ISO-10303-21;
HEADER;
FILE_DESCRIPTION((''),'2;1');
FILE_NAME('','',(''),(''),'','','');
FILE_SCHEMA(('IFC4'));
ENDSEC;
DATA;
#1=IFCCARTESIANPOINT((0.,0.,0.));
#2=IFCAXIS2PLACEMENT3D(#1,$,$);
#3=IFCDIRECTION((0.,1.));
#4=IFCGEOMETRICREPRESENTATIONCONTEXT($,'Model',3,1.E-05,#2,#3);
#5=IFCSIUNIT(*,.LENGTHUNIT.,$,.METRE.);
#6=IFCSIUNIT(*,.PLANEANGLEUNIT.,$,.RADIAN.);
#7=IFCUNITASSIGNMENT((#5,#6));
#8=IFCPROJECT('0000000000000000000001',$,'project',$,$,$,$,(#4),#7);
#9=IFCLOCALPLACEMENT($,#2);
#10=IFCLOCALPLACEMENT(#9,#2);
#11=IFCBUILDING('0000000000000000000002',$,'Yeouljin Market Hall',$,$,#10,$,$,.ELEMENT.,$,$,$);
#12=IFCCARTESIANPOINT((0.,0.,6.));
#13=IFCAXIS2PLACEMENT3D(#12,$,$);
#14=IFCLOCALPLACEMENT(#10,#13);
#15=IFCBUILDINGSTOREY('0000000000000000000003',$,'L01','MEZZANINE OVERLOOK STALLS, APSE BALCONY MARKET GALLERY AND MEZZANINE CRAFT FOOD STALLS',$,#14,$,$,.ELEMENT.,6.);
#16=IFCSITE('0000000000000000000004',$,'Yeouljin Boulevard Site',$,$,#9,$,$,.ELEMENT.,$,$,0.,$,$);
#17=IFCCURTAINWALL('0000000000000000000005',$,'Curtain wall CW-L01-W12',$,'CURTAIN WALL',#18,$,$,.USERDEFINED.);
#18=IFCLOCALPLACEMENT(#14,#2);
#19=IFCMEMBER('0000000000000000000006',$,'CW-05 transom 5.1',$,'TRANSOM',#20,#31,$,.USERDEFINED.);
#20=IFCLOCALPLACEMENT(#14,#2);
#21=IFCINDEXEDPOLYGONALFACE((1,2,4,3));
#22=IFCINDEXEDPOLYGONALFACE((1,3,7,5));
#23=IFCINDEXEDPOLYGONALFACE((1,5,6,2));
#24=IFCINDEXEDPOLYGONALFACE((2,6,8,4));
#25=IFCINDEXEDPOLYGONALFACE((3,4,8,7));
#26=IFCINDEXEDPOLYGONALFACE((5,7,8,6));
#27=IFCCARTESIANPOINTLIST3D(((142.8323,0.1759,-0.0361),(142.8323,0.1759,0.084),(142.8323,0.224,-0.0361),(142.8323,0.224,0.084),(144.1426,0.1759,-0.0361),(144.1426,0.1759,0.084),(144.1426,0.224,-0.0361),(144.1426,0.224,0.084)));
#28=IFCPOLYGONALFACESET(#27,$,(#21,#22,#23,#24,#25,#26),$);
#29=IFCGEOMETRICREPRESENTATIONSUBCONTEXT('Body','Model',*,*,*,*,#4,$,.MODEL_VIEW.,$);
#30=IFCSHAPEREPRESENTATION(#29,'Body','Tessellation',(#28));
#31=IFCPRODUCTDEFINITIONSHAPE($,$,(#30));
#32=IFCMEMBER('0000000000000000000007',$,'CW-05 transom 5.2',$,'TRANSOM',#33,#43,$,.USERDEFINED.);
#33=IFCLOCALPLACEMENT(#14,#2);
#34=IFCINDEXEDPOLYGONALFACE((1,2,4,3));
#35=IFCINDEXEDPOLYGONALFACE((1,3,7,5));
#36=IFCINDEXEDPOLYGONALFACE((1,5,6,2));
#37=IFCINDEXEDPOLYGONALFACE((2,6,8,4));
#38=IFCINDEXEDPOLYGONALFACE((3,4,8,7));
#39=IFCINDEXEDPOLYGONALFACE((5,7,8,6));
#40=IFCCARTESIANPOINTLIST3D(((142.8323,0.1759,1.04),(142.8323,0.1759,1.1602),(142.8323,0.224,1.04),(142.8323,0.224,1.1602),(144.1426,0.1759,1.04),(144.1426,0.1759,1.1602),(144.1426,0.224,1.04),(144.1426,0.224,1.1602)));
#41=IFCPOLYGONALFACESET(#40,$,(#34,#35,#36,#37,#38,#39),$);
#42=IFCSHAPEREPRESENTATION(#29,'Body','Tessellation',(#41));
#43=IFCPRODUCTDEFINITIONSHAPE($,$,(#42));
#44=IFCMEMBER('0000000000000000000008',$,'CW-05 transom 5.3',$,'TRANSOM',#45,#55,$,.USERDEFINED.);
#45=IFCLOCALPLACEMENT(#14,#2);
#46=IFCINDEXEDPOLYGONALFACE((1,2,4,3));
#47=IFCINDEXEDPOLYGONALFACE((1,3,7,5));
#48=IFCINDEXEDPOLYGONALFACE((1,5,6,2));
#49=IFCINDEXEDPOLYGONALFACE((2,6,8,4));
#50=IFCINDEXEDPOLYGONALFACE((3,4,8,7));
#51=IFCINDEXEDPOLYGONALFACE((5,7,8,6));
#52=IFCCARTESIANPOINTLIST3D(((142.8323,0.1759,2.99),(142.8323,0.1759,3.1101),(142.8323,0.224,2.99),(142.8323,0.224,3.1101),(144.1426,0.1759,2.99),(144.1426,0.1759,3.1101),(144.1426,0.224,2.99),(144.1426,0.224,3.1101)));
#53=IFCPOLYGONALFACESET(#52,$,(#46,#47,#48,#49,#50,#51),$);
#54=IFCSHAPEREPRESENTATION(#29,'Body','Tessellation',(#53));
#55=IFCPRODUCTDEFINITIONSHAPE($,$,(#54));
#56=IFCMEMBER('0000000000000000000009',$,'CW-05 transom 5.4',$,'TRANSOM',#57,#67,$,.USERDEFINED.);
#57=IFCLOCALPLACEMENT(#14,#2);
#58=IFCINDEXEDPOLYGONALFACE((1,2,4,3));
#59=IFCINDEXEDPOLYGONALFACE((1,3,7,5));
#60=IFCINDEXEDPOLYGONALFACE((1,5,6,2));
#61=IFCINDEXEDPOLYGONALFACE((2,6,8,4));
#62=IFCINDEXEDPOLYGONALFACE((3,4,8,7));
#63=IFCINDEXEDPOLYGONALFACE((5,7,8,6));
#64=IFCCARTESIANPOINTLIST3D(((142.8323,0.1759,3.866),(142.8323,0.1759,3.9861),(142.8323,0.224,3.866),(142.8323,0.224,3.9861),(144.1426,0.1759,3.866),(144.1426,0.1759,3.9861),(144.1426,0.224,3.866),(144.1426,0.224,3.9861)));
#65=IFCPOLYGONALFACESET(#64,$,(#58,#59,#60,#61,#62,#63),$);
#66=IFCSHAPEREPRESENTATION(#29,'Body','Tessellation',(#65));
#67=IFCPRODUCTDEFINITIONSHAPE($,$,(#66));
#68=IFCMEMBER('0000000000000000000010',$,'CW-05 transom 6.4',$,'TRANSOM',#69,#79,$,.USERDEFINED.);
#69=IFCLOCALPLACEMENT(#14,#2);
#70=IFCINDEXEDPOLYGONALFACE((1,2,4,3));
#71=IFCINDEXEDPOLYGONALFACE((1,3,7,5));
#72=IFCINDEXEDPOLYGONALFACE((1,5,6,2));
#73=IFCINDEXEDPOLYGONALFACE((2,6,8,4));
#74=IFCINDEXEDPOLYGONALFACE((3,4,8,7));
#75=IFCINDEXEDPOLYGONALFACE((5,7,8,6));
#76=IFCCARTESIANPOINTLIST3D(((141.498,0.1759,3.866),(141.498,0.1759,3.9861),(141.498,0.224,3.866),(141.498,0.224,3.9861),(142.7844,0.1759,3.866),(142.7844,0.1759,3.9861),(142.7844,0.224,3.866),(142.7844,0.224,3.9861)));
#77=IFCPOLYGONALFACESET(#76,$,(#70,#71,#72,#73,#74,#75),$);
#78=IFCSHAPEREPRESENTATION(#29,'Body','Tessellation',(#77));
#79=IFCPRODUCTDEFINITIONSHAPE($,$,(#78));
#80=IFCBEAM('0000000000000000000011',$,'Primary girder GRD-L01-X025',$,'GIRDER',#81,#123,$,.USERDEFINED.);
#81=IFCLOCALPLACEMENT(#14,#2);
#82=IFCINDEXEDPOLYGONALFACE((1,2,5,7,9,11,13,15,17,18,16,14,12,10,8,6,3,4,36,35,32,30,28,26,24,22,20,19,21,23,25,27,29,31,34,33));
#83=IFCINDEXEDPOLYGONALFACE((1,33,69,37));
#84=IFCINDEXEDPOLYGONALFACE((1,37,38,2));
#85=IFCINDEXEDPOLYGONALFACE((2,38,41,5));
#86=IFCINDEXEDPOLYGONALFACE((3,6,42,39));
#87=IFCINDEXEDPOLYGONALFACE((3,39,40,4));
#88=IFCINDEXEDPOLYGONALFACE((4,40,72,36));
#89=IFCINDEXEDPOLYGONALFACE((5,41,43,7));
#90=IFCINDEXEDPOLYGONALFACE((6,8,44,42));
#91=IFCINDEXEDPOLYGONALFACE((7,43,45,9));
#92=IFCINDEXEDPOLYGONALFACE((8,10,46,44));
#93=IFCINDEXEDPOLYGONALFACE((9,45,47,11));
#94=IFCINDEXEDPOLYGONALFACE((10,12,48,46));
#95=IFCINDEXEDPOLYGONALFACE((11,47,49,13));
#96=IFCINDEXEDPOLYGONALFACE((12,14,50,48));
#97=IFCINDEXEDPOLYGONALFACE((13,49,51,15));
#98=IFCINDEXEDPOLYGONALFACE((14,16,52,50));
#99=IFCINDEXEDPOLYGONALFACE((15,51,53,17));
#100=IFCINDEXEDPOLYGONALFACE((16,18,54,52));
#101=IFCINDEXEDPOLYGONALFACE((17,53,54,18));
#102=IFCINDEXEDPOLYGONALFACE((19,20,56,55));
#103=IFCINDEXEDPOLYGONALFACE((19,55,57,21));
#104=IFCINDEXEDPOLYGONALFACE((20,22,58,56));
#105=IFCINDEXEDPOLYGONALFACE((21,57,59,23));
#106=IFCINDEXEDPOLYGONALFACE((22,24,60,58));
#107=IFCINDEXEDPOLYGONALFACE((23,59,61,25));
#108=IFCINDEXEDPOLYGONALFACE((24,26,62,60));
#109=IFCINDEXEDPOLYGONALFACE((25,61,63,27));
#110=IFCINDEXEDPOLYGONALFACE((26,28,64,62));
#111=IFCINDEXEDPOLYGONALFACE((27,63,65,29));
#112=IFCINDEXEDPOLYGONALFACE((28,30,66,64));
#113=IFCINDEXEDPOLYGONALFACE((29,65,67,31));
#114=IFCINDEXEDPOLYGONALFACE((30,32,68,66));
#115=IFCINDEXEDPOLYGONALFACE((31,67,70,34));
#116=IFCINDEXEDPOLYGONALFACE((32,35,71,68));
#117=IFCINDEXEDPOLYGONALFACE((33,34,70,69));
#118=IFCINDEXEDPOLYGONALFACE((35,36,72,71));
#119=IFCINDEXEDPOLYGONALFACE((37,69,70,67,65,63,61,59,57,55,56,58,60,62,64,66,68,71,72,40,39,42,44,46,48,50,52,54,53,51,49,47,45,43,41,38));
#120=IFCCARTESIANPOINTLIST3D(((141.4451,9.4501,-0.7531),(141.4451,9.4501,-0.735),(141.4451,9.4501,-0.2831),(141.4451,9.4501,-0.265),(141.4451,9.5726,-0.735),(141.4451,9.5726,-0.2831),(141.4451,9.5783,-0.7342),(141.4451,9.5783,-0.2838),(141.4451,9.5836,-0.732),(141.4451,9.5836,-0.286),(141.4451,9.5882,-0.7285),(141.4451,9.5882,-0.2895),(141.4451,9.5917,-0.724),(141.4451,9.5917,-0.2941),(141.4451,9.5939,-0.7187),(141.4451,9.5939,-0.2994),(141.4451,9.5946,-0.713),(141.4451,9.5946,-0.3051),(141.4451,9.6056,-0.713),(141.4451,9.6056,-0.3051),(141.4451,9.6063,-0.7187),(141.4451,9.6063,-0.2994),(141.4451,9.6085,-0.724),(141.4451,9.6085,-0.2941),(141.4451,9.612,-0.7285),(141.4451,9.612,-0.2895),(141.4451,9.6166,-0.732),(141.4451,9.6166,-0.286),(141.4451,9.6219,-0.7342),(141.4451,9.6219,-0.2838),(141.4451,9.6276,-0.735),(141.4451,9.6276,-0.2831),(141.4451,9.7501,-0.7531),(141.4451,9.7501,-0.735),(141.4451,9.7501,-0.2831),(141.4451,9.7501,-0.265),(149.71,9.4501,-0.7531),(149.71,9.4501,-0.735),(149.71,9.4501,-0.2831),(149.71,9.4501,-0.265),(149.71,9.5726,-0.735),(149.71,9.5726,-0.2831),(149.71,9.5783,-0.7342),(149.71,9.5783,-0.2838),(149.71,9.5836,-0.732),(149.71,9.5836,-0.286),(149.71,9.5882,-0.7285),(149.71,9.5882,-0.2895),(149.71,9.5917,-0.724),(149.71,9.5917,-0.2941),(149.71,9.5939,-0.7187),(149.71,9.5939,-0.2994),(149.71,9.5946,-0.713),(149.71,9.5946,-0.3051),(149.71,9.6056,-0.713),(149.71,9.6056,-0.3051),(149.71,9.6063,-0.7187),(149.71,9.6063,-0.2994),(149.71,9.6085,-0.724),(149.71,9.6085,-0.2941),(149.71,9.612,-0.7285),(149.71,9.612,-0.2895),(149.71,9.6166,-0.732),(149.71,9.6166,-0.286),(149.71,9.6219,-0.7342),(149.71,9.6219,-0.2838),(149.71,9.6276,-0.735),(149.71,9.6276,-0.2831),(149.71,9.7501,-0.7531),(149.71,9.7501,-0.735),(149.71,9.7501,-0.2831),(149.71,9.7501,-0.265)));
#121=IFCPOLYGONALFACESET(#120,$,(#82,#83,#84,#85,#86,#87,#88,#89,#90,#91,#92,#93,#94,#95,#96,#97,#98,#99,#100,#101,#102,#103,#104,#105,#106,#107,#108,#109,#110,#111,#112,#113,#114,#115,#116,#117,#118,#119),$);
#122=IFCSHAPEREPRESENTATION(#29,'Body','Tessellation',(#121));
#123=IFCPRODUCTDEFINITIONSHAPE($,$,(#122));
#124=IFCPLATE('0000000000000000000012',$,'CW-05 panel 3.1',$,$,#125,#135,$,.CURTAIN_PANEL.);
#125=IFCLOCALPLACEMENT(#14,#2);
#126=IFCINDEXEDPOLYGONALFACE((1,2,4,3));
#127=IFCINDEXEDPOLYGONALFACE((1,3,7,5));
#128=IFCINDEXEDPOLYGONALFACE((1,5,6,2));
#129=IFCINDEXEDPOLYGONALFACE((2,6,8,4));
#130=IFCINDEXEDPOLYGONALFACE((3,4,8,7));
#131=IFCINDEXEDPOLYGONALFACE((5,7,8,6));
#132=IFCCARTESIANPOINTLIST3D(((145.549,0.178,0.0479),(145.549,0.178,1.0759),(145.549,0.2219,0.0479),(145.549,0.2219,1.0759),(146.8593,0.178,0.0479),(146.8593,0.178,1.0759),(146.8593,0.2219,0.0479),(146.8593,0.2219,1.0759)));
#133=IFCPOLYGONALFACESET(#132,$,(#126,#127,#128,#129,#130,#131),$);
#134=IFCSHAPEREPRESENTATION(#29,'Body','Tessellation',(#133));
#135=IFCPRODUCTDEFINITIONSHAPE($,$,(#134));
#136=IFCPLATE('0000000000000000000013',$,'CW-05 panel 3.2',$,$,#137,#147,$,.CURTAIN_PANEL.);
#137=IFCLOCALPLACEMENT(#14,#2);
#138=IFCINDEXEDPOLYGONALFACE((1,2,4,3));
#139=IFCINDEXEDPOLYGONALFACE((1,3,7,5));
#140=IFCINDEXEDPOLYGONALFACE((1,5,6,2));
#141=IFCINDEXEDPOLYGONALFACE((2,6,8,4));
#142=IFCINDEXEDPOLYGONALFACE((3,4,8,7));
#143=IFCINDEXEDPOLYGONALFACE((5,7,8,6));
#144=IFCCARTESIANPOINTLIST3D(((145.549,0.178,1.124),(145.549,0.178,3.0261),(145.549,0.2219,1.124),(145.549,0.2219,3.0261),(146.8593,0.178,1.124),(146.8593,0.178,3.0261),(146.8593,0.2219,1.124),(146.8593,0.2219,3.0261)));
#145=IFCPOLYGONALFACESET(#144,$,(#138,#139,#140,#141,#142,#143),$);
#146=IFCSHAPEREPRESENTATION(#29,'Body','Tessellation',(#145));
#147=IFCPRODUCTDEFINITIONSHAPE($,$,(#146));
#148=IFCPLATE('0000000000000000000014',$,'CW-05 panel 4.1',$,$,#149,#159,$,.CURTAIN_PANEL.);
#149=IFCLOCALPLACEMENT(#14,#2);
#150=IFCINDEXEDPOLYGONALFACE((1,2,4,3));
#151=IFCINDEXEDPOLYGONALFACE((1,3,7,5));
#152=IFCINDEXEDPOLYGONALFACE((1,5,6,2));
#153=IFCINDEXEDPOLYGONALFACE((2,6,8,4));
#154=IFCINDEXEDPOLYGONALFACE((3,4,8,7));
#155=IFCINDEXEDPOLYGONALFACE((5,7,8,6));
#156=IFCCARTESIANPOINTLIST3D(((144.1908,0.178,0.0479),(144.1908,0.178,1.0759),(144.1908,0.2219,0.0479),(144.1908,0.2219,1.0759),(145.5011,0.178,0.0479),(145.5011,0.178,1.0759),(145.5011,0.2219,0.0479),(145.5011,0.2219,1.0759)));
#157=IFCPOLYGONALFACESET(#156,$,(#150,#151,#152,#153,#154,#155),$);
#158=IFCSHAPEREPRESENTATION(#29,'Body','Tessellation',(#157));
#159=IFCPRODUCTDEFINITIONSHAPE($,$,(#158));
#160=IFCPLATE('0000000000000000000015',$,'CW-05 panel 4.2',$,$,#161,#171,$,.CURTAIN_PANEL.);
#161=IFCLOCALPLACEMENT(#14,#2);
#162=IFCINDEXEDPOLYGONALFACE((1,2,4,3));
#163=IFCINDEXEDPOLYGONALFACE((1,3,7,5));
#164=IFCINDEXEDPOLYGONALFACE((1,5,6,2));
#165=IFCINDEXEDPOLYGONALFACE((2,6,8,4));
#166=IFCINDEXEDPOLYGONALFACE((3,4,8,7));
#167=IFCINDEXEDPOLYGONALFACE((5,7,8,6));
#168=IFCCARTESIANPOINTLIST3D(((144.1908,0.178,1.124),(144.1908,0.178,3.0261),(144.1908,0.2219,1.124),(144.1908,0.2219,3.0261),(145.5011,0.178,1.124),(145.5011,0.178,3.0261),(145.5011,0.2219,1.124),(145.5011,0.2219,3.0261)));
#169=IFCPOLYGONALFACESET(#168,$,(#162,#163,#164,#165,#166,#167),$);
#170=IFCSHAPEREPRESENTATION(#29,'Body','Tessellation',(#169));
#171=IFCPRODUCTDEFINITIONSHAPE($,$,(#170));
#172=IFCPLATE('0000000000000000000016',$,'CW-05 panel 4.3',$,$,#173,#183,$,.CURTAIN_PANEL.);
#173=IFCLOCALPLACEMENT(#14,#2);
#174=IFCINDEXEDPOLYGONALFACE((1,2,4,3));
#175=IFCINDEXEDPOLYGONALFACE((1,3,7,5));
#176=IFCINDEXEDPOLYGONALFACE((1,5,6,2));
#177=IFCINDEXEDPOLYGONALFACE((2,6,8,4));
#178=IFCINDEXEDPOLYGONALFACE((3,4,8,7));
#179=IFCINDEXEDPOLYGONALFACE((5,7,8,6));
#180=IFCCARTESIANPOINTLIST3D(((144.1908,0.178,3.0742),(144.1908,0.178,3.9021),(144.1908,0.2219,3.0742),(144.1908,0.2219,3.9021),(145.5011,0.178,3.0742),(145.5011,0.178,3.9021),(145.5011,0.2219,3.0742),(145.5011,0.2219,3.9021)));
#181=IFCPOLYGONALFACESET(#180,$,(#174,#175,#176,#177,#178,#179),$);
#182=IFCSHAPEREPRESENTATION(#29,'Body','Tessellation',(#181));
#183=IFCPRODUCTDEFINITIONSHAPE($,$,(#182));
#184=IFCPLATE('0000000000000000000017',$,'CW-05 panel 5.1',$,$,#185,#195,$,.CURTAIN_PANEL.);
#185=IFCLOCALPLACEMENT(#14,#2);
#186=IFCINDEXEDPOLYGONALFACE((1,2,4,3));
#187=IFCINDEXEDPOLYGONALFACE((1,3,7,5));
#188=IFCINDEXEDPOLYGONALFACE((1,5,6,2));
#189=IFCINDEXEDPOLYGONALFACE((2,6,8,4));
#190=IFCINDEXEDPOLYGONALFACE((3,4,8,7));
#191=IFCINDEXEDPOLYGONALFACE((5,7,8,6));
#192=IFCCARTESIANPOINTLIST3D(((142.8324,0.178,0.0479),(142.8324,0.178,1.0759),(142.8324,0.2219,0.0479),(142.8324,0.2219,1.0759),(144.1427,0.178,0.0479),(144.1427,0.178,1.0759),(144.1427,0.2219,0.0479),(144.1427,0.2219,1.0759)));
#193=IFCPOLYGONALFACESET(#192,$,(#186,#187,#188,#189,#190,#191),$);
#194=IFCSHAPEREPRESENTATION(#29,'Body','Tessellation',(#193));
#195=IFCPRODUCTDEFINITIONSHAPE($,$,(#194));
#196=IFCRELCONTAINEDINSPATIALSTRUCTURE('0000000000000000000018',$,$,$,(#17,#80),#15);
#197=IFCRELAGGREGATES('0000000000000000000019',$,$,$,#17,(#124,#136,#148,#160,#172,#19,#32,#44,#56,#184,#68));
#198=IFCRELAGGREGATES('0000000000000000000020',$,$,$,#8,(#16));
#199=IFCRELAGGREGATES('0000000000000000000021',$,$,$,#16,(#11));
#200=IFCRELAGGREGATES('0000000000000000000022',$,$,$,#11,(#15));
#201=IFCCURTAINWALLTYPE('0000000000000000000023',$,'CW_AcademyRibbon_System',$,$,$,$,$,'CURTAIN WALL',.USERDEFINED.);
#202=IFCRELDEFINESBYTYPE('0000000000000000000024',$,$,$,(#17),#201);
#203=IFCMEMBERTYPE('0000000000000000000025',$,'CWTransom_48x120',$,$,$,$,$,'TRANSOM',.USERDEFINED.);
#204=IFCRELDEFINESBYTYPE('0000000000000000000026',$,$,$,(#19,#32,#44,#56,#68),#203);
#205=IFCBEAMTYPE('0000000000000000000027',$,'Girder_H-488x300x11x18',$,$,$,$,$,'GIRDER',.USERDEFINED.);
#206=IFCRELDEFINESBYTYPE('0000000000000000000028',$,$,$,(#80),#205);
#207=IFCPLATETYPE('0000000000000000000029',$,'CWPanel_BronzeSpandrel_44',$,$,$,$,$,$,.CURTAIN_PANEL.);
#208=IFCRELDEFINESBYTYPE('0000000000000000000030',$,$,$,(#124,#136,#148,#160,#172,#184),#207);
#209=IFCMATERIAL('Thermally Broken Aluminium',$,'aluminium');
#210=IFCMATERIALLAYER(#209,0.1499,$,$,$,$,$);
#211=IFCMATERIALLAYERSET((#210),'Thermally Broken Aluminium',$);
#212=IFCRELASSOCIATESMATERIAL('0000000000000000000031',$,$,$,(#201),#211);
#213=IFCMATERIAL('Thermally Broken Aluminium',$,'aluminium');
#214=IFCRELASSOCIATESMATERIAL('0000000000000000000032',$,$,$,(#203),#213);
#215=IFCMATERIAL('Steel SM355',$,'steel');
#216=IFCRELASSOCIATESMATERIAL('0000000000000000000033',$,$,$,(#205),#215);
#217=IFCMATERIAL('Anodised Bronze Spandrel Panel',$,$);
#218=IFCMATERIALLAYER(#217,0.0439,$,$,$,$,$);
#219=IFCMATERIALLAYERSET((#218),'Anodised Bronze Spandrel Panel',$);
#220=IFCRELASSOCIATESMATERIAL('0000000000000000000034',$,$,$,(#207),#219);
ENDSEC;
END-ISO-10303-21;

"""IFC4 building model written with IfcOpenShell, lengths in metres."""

from ifc_helpers import new_model, si_unit, direction, frame, origin, origin_2d, place, context, subcontext, project, spatial, rectangle, i_section, extrude, material, layer, layer_set, material_profile, profile_set, type_object, element, aggregate, save


model = new_model("IFC4")

# Units and contexts
model_context = context("Model", 3, precision=1e-05, world=origin(), true_north=direction((0.0, 1.0)))
body_context = subcontext(model_context, "Body", "Model", "MODEL_VIEW")
ifc_project = project(units=[si_unit("LENGTHUNIT", "METRE"), si_unit("PLANEANGLEUNIT", "RADIAN")], contexts=[model_context])

# Site, building, storey
site_placement = place(None, origin())
site = spatial("IfcSite", under=ifc_project, at=site_placement, Name="Yeouljin Boulevard Site", CompositionType="ELEMENT", RefElevation=0.0)
building_placement = place(site_placement, origin())
building = spatial("IfcBuilding", under=site, at=building_placement, Name="Yeouljin Market Hall", CompositionType="ELEMENT")
storey_placement = place(building_placement, frame((0.0, 0.0, 6.0)))
storey = spatial("IfcBuildingStorey", under=building, at=storey_placement, Name="L01", Description="MEZZANINE OVERLOOK STALLS, APSE BALCONY MARKET GALLERY AND MEZZANINE CRAFT FOOD STALLS", CompositionType="ELEMENT", Elevation=6.0)

# Curtain wall, members
ifc_material_1 = material(Name="Thermally Broken Aluminium", Category="aluminium")
ifc_layer_1 = layer(ifc_material_1, 0.1499)
ifc_layer_set_1 = layer_set([ifc_layer_1], Name="Thermally Broken Aluminium")
curtain_wall_type = type_object("IfcCurtainWallType", Name="CW_AcademyRibbon_System", ElementType="CURTAIN WALL", PredefinedType="USERDEFINED", material=ifc_layer_set_1)
curtain_wall_placement = place(storey_placement, origin())
curtain_wall = element("IfcCurtainWall", 1, at=curtain_wall_placement, inside=storey, type_object=curtain_wall_type, Name="Curtain wall CW-L01-W12", ObjectType="CURTAIN WALL", PredefinedType="USERDEFINED")
ifc_material_2 = material(Name="Thermally Broken Aluminium", Category="aluminium")
ifc_material_profile_1 = material_profile(ifc_material_2, rectangle(XDim=0.0481, YDim=0.1201, at=origin_2d()), Name="CW-TRAN-48x120")
ifc_profile_set_1 = profile_set([ifc_material_profile_1], Name="Thermally Broken Aluminium")
member_type_1 = type_object("IfcMemberType", Name="CWTransom_48x120", ElementType="TRANSOM", PredefinedType="USERDEFINED", material=ifc_profile_set_1)
member_1_placement = place(storey_placement, frame((144.1426, 0.2, 0.0239), z_axis=(-1.0, 0.0, 0.0), x_axis=(0.0, -1.0, 0.0)))
member_1 = element("IfcMember", 2, at=member_1_placement, type_object=member_type_1, Name="CW-05 transom 5.1", ObjectType="TRANSOM", PredefinedType="USERDEFINED", context=body_context, shape_type="SweptSolid", body=[
    extrude(rectangle(XDim=0.0481, YDim=0.1201, at=origin_2d()), origin(), (0.0, 0.0, 1.0), 1.3103),
])
member_2_placement = place(storey_placement, frame((144.1426, 0.2, 1.1001), z_axis=(-1.0, 0.0, 0.0), x_axis=(0.0, -1.0, 0.0)))
member_2 = element("IfcMember", 3, at=member_2_placement, type_object=member_type_1, Name="CW-05 transom 5.2", ObjectType="TRANSOM", PredefinedType="USERDEFINED", context=body_context, shape_type="SweptSolid", body=[
    extrude(rectangle(XDim=0.0481, YDim=0.1201, at=origin_2d()), origin(), (0.0, 0.0, 1.0), 1.3103),
])
member_3_placement = place(storey_placement, frame((144.1426, 0.2, 3.05), z_axis=(-1.0, 0.0, 0.0), x_axis=(0.0, -1.0, 0.0)))
member_3 = element("IfcMember", 4, at=member_3_placement, type_object=member_type_1, Name="CW-05 transom 5.3", ObjectType="TRANSOM", PredefinedType="USERDEFINED", context=body_context, shape_type="SweptSolid", body=[
    extrude(rectangle(XDim=0.0481, YDim=0.1201, at=origin_2d()), origin(), (0.0, 0.0, 1.0), 1.3103),
])
member_4_placement = place(storey_placement, frame((144.1426, 0.2, 3.926), z_axis=(-1.0, 0.0, 0.0), x_axis=(0.0, -1.0, 0.0)))
member_4 = element("IfcMember", 5, at=member_4_placement, type_object=member_type_1, Name="CW-05 transom 5.4", ObjectType="TRANSOM", PredefinedType="USERDEFINED", context=body_context, shape_type="SweptSolid", body=[
    extrude(rectangle(XDim=0.0481, YDim=0.1201, at=origin_2d()), origin(), (0.0, 0.0, 1.0), 1.3103),
])
member_5_placement = place(storey_placement, frame((142.7844, 0.2, 3.926), z_axis=(-1.0, 0.0, 0.0), x_axis=(0.0, -1.0, 0.0)))
member_5 = element("IfcMember", 6, at=member_5_placement, type_object=member_type_1, Name="CW-05 transom 6.4", ObjectType="TRANSOM", PredefinedType="USERDEFINED", context=body_context, shape_type="SweptSolid", body=[
    extrude(rectangle(XDim=0.0481, YDim=0.1201, at=origin_2d()), origin(), (0.0, 0.0, 1.0), 1.2864),
])

# Beam
ifc_material_3 = material(Name="Steel SM355", Category="steel")
ifc_material_profile_2 = material_profile(ifc_material_3, i_section(OverallWidth=0.3, OverallDepth=0.488, WebThickness=0.011, FlangeThickness=0.0181, FilletRadius=0.022, at=origin_2d()), Name="H-488x300x11x18")
ifc_profile_set_2 = profile_set([ifc_material_profile_2], Name="Steel SM355")
beam_type = type_object("IfcBeamType", Name="Girder_H-488x300x11x18", ElementType="GIRDER", PredefinedType="USERDEFINED", material=ifc_profile_set_2)
beam_placement = place(storey_placement, frame((141.4451, 9.6001, -0.509), z_axis=(1.0, 0.0, 0.0), x_axis=(0.0, 1.0, 0.0)))
element("IfcBeam", 7, at=beam_placement, inside=storey, type_object=beam_type, Name="Primary girder GRD-L01-X025", ObjectType="GIRDER", PredefinedType="USERDEFINED", context=body_context, shape_type="SweptSolid", body=[
    extrude(i_section(OverallWidth=0.3, OverallDepth=0.488, WebThickness=0.011, FlangeThickness=0.0181, FilletRadius=0.022, at=origin_2d()), origin(), (0.0, 0.0, 1.0), 8.2649),
])

# Plates
ifc_material_4 = material(Name="Anodised Bronze Spandrel Panel")
ifc_layer_2 = layer(ifc_material_4, 0.0439)
ifc_layer_set_2 = layer_set([ifc_layer_2], Name="Anodised Bronze Spandrel Panel")
plate_type = type_object("IfcPlateType", Name="CWPanel_BronzeSpandrel_44", PredefinedType="CURTAIN_PANEL", material=ifc_layer_set_2)
plate_1_placement = place(storey_placement, frame((146.2041, 0.2, 0.0479), z_axis=(0.0, 0.0, 1.0), x_axis=(-1.0, 0.0, 0.0)))
plate_1 = element("IfcPlate", 8, at=plate_1_placement, type_object=plate_type, Name="CW-05 panel 3.1", PredefinedType="CURTAIN_PANEL", context=body_context, shape_type="SweptSolid", body=[
    extrude(rectangle(XDim=1.3103, YDim=0.0439, at=origin_2d()), origin(), (0.0, 0.0, 1.0), 1.0281),
])
plate_2_placement = place(storey_placement, frame((146.2041, 0.2, 1.124), z_axis=(0.0, 0.0, 1.0), x_axis=(-1.0, 0.0, 0.0)))
plate_2 = element("IfcPlate", 9, at=plate_2_placement, type_object=plate_type, Name="CW-05 panel 3.2", PredefinedType="CURTAIN_PANEL", context=body_context, shape_type="SweptSolid", body=[
    extrude(rectangle(XDim=1.3103, YDim=0.0439, at=origin_2d()), origin(), (0.0, 0.0, 1.0), 1.9021),
])
plate_3_placement = place(storey_placement, frame((144.8459, 0.2, 0.0479), z_axis=(0.0, 0.0, 1.0), x_axis=(-1.0, 0.0, 0.0)))
plate_3 = element("IfcPlate", 10, at=plate_3_placement, type_object=plate_type, Name="CW-05 panel 4.1", PredefinedType="CURTAIN_PANEL", context=body_context, shape_type="SweptSolid", body=[
    extrude(rectangle(XDim=1.3103, YDim=0.0439, at=origin_2d()), origin(), (0.0, 0.0, 1.0), 1.0281),
])
plate_4_placement = place(storey_placement, frame((144.8459, 0.2, 1.124), z_axis=(0.0, 0.0, 1.0), x_axis=(-1.0, 0.0, 0.0)))
plate_4 = element("IfcPlate", 11, at=plate_4_placement, type_object=plate_type, Name="CW-05 panel 4.2", PredefinedType="CURTAIN_PANEL", context=body_context, shape_type="SweptSolid", body=[
    extrude(rectangle(XDim=1.3103, YDim=0.0439, at=origin_2d()), origin(), (0.0, 0.0, 1.0), 1.9021),
])
plate_5_placement = place(storey_placement, frame((144.8459, 0.2, 3.0742), z_axis=(0.0, 0.0, 1.0), x_axis=(-1.0, 0.0, 0.0)))
plate_5 = element("IfcPlate", 12, at=plate_5_placement, type_object=plate_type, Name="CW-05 panel 4.3", PredefinedType="CURTAIN_PANEL", context=body_context, shape_type="SweptSolid", body=[
    extrude(rectangle(XDim=1.3103, YDim=0.0439, at=origin_2d()), origin(), (0.0, 0.0, 1.0), 0.8279),
])
plate_6_placement = place(storey_placement, frame((143.4875, 0.2, 0.0479), z_axis=(0.0, 0.0, 1.0), x_axis=(-1.0, 0.0, 0.0)))
plate_6 = element("IfcPlate", 13, at=plate_6_placement, type_object=plate_type, Name="CW-05 panel 5.1", PredefinedType="CURTAIN_PANEL", context=body_context, shape_type="SweptSolid", body=[
    extrude(rectangle(XDim=1.3103, YDim=0.0439, at=origin_2d()), origin(), (0.0, 0.0, 1.0), 1.0281),
])
aggregate(curtain_wall, [plate_1, plate_2, plate_3, plate_4, plate_5, member_1, member_2, member_3, member_4, plate_6, member_5])

save(model, "model.ifc")
